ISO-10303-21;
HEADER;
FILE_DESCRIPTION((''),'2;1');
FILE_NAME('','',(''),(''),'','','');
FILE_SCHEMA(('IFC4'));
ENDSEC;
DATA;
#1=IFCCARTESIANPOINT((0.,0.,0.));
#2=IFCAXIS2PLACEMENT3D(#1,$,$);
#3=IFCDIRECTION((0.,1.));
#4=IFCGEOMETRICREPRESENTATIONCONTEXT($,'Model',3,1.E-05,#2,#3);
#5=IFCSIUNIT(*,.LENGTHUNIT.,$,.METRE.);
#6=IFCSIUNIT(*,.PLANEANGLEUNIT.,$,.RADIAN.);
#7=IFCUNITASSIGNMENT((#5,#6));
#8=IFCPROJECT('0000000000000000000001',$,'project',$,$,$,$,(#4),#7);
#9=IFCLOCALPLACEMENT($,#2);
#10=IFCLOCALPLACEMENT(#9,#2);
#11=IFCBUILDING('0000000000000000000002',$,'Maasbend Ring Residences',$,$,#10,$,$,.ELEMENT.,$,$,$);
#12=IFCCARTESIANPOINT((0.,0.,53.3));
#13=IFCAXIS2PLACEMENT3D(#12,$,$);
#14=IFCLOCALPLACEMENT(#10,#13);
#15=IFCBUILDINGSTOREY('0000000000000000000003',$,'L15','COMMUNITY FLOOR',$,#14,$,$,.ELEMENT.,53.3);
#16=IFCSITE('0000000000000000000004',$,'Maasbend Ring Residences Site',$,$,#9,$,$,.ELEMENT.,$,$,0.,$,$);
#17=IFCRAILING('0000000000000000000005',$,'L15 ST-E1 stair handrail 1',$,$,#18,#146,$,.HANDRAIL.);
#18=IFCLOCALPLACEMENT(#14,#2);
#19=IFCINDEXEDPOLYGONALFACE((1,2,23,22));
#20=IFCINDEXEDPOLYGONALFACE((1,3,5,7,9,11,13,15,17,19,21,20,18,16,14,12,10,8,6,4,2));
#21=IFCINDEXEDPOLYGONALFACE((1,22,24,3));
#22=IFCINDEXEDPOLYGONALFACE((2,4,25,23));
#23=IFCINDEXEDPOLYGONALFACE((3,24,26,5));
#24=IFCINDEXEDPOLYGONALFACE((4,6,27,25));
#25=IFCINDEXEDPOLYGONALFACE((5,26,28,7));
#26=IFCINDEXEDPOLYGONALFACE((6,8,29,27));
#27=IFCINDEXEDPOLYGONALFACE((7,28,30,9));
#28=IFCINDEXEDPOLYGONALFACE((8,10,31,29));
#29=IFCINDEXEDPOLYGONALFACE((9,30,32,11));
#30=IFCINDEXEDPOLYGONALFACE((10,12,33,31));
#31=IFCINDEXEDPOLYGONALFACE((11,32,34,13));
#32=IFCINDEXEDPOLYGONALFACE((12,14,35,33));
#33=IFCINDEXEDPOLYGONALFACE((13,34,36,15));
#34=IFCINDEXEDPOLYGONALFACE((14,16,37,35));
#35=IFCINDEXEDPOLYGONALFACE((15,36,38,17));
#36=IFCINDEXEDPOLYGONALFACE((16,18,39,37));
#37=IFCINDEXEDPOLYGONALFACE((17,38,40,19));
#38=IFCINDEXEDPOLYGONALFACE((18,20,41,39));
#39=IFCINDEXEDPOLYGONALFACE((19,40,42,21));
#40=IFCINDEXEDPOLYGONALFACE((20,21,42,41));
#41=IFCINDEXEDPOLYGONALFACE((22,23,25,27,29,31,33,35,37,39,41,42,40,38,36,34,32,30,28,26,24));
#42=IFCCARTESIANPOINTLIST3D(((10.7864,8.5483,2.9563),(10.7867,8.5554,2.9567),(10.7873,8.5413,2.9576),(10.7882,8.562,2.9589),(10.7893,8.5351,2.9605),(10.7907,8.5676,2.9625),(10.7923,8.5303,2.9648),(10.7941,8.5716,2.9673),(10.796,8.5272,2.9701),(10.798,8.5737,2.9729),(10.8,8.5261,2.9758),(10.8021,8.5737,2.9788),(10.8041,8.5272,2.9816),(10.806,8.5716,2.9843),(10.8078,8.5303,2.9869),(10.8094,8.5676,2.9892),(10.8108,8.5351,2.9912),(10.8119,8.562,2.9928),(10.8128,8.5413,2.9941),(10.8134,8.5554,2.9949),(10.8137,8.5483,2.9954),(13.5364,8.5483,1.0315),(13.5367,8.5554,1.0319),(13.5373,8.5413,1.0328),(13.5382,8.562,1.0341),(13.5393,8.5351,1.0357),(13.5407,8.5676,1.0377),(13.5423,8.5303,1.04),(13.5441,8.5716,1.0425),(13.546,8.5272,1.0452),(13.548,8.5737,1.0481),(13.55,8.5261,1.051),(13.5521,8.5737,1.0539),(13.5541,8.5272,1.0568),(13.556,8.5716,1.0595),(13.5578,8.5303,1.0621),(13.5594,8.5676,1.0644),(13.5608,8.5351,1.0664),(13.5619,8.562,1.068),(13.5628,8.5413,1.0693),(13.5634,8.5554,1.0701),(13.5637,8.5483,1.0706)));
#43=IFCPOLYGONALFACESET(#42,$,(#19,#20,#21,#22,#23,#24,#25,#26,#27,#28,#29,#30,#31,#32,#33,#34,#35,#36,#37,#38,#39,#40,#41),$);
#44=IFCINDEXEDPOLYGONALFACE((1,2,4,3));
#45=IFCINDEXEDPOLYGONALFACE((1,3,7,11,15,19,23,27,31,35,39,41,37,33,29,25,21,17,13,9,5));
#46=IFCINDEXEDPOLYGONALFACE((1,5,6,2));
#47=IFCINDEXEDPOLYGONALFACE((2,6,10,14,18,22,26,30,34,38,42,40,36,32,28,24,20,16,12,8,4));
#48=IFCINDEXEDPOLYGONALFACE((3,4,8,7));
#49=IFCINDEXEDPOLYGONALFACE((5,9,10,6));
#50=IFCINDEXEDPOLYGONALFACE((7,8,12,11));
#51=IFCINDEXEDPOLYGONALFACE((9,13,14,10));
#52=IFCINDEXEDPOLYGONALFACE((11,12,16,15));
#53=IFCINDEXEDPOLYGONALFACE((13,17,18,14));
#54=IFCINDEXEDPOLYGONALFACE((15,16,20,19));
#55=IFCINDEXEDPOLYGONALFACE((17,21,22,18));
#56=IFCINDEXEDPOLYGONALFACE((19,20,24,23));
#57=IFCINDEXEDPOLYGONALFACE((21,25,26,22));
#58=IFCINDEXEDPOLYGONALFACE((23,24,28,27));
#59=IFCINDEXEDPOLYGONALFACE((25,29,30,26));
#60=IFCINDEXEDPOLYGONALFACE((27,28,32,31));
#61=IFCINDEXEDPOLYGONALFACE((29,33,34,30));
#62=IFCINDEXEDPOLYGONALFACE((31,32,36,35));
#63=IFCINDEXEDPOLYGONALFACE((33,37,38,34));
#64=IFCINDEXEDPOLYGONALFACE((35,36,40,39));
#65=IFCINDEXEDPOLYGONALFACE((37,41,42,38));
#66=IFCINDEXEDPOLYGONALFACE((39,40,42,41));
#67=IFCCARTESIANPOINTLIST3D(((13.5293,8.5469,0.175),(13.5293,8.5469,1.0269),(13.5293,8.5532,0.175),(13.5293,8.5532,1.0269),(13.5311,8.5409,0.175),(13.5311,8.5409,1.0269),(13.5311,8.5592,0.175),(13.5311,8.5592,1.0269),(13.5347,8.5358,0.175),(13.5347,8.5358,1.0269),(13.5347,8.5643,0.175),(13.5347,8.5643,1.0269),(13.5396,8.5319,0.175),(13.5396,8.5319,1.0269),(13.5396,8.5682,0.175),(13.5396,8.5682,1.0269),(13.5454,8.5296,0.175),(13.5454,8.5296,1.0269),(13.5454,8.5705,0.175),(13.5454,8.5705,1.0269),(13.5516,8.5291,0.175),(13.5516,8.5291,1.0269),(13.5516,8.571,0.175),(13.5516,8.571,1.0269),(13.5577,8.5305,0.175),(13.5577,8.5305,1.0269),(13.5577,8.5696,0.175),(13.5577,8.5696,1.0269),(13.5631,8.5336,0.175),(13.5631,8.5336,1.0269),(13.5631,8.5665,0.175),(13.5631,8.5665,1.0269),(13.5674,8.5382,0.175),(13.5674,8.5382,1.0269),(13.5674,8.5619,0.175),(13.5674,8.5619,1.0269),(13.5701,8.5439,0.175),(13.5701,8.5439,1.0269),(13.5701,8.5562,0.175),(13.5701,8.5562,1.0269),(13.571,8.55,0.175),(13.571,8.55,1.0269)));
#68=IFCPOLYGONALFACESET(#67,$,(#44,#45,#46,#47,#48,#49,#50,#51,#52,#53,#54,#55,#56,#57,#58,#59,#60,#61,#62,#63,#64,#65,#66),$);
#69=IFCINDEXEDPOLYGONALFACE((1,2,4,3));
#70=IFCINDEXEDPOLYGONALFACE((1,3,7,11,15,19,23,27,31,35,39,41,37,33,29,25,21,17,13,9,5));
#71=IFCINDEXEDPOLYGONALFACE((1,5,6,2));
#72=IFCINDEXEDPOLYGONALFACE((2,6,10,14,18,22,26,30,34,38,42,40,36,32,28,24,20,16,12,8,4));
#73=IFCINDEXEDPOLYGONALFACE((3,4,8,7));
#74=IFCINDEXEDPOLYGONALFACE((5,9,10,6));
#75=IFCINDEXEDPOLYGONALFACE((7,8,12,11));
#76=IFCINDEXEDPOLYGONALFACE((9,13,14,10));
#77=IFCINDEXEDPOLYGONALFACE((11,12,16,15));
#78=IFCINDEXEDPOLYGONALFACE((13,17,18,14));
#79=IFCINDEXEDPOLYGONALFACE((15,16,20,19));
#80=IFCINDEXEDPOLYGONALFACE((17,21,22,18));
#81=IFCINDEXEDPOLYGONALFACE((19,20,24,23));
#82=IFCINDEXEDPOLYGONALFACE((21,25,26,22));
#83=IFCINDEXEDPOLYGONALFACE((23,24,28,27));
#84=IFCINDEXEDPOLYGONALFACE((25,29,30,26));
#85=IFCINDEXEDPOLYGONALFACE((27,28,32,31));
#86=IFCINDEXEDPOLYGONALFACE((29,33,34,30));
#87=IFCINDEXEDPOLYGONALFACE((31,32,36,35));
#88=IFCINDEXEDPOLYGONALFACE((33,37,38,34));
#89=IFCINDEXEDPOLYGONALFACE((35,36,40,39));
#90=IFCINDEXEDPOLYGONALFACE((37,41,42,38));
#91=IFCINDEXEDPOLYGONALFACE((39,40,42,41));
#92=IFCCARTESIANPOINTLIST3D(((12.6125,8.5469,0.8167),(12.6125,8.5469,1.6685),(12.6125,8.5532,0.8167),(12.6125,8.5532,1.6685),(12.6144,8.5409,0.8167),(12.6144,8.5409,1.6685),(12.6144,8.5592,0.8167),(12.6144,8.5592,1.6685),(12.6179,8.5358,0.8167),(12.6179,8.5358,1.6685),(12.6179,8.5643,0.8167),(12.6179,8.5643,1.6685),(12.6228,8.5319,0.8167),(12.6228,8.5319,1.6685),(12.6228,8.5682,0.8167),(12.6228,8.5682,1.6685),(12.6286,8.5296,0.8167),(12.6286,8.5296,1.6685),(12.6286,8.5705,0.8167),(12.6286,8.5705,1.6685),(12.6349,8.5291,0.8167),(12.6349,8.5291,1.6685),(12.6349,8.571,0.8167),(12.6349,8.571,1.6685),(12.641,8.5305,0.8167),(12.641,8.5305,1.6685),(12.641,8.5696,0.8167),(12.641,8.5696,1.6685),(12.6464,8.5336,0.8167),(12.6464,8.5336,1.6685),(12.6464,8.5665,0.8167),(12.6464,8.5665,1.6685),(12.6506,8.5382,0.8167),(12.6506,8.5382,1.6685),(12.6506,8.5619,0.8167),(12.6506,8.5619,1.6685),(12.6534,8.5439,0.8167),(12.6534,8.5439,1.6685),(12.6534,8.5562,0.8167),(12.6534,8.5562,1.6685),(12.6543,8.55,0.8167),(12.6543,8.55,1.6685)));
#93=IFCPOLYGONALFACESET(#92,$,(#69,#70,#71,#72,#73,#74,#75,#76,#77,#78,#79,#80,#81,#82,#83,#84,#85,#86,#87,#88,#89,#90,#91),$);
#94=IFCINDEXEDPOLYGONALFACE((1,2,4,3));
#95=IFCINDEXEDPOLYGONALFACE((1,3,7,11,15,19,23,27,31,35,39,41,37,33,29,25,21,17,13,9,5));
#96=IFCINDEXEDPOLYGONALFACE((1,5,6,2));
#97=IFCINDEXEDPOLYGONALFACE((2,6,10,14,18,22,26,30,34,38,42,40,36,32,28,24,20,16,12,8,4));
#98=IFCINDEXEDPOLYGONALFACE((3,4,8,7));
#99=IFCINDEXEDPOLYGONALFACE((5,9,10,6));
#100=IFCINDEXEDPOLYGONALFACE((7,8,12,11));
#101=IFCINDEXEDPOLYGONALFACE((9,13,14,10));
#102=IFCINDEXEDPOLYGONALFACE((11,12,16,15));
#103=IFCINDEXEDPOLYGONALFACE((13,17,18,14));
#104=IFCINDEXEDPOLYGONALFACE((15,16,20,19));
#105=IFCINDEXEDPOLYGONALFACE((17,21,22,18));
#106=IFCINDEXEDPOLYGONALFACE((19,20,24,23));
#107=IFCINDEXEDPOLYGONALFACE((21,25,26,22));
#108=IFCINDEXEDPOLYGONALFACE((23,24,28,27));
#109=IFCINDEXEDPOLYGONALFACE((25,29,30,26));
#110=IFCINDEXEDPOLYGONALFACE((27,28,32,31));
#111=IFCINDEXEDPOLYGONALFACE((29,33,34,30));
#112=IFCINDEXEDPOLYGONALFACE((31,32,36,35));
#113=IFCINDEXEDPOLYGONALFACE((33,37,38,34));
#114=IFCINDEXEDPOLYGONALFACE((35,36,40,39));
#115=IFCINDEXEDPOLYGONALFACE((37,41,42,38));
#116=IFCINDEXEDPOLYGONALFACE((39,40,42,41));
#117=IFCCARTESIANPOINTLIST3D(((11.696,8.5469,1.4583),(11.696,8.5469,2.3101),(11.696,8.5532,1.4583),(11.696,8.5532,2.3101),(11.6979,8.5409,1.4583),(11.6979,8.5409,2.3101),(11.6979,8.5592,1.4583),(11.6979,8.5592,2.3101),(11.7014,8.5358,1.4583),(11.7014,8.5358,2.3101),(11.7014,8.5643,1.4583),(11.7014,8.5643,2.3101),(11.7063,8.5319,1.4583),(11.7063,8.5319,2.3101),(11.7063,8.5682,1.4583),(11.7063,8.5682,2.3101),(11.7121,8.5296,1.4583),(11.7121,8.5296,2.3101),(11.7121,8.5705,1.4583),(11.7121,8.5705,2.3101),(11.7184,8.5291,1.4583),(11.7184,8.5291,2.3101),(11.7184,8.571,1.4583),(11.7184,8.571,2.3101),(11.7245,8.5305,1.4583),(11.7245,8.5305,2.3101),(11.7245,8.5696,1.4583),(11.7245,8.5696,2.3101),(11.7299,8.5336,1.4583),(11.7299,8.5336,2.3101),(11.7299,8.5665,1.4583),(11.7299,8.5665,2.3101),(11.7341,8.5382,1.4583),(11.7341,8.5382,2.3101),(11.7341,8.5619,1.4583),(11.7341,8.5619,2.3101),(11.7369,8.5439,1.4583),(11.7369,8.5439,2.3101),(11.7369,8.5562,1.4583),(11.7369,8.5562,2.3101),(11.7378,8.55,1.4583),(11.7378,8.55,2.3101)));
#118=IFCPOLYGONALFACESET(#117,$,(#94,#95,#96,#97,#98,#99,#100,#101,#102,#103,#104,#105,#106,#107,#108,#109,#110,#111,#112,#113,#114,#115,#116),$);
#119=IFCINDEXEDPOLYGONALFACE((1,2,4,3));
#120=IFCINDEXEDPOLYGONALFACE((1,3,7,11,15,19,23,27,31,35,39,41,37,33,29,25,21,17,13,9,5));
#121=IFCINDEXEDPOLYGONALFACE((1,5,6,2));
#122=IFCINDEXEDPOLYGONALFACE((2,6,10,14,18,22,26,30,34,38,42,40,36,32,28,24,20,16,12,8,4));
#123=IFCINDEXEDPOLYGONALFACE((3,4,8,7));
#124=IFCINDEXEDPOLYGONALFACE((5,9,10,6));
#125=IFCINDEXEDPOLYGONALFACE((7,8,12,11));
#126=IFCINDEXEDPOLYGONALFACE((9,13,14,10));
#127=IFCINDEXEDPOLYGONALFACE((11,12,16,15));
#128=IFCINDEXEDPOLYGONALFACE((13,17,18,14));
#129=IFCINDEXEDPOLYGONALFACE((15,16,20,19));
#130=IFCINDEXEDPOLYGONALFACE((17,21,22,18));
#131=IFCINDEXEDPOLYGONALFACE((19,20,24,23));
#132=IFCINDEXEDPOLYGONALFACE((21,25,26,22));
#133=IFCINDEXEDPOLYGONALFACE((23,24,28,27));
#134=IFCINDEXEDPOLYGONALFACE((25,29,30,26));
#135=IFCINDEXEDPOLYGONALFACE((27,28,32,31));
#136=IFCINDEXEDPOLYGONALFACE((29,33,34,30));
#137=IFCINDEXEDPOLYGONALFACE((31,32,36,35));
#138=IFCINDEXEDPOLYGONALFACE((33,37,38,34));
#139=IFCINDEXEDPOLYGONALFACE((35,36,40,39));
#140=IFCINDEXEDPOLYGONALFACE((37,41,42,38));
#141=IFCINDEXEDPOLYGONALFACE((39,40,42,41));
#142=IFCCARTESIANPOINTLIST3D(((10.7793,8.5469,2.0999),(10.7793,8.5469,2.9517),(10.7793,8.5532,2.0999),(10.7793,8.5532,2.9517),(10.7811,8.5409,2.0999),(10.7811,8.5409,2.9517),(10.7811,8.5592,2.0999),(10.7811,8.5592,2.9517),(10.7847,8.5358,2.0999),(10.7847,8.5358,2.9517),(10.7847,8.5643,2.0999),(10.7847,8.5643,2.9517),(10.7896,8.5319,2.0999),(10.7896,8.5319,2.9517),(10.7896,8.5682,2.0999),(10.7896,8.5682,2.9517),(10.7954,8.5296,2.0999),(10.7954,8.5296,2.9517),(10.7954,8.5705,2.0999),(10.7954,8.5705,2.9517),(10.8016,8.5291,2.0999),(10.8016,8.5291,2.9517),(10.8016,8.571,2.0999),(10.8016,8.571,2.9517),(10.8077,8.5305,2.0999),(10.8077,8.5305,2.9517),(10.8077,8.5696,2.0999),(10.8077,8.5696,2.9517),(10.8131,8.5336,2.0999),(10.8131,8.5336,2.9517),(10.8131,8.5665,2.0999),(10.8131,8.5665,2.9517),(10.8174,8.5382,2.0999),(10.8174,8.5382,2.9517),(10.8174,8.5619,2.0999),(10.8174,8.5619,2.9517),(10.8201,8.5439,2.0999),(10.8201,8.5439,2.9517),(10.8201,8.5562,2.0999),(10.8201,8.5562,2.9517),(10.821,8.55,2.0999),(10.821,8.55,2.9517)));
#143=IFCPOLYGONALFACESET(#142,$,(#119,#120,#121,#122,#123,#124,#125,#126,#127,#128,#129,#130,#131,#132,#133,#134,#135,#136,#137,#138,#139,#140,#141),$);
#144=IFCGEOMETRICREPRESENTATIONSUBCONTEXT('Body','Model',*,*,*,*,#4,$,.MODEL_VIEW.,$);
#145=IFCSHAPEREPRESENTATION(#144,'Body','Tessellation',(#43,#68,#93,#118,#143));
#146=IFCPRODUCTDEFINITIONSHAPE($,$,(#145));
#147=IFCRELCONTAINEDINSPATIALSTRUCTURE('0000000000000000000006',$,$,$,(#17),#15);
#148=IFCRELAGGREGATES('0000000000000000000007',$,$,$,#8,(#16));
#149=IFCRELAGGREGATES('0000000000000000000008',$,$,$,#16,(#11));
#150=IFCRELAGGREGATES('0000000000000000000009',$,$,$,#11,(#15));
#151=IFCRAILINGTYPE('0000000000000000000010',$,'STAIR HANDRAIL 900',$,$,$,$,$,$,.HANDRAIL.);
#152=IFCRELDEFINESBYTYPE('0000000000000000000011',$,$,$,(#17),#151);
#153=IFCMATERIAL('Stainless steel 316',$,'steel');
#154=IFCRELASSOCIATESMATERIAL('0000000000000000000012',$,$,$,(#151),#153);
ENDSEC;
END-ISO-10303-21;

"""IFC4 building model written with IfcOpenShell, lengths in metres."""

from ifc_helpers import new_model, si_unit, direction, frame, origin, origin_2d, place, context, subcontext, project, spatial, circle, extrude, material, type_object, element, save


model = new_model("IFC4")

# Units and contexts
model_context = context("Model", 3, precision=1e-05, world=origin(), true_north=direction((0.0, 1.0)))
body_context = subcontext(model_context, "Body", "Model", "MODEL_VIEW")
ifc_project = project(units=[si_unit("LENGTHUNIT", "METRE"), si_unit("PLANEANGLEUNIT", "RADIAN")], contexts=[model_context])

# Site, building, storey
site_placement = place(None, origin())
site = spatial("IfcSite", under=ifc_project, at=site_placement, Name="Maasbend Ring Residences Site", CompositionType="ELEMENT", RefElevation=0.0)
building_placement = place(site_placement, origin())
building = spatial("IfcBuilding", under=site, at=building_placement, Name="Maasbend Ring Residences", CompositionType="ELEMENT")
storey_placement = place(building_placement, frame((0.0, 0.0, 53.3)))
storey = spatial("IfcBuildingStorey", under=building, at=storey_placement, Name="L15", Description="COMMUNITY FLOOR", CompositionType="ELEMENT", Elevation=53.3)

# Railing
ifc_material_1 = material(Name="Stainless steel 316", Category="steel")
railing_type = type_object("IfcRailingType", Name="STAIR HANDRAIL 900", PredefinedType="HANDRAIL", material=ifc_material_1)
railing_placement = place(storey_placement, frame((13.55, 8.55, 0.175)))
element("IfcRailing", 1, at=railing_placement, inside=storey, type_object=railing_type, Name="L15 ST-E1 stair handrail 1", PredefinedType="HANDRAIL", context=body_context, shape_type="SweptSolid", body=[
    extrude(circle(Radius=0.0239, at=origin_2d()), frame((0.0, 0.0, 0.876), z_axis=(-0.819259, 0.0, 0.573423), x_axis=(0.0, -1.0, 0.0)), (0.0, 0.0, 1.0), 3.3567),
    extrude(circle(Radius=0.021, at=origin_2d()), origin(), (0.0, 0.0, 1.0), 0.8518),
    extrude(circle(Radius=0.021, at=origin_2d()), frame((-0.9167, 0.0, 0.6416)), (0.0, 0.0, 1.0), 0.8518),
    extrude(circle(Radius=0.021, at=origin_2d()), frame((-1.8333, 0.0, 1.2832)), (0.0, 0.0, 1.0), 0.8518),
    extrude(circle(Radius=0.021, at=origin_2d()), frame((-2.75, 0.0, 1.9248)), (0.0, 0.0, 1.0), 0.8518),
])

save(model, "model.ifc")
